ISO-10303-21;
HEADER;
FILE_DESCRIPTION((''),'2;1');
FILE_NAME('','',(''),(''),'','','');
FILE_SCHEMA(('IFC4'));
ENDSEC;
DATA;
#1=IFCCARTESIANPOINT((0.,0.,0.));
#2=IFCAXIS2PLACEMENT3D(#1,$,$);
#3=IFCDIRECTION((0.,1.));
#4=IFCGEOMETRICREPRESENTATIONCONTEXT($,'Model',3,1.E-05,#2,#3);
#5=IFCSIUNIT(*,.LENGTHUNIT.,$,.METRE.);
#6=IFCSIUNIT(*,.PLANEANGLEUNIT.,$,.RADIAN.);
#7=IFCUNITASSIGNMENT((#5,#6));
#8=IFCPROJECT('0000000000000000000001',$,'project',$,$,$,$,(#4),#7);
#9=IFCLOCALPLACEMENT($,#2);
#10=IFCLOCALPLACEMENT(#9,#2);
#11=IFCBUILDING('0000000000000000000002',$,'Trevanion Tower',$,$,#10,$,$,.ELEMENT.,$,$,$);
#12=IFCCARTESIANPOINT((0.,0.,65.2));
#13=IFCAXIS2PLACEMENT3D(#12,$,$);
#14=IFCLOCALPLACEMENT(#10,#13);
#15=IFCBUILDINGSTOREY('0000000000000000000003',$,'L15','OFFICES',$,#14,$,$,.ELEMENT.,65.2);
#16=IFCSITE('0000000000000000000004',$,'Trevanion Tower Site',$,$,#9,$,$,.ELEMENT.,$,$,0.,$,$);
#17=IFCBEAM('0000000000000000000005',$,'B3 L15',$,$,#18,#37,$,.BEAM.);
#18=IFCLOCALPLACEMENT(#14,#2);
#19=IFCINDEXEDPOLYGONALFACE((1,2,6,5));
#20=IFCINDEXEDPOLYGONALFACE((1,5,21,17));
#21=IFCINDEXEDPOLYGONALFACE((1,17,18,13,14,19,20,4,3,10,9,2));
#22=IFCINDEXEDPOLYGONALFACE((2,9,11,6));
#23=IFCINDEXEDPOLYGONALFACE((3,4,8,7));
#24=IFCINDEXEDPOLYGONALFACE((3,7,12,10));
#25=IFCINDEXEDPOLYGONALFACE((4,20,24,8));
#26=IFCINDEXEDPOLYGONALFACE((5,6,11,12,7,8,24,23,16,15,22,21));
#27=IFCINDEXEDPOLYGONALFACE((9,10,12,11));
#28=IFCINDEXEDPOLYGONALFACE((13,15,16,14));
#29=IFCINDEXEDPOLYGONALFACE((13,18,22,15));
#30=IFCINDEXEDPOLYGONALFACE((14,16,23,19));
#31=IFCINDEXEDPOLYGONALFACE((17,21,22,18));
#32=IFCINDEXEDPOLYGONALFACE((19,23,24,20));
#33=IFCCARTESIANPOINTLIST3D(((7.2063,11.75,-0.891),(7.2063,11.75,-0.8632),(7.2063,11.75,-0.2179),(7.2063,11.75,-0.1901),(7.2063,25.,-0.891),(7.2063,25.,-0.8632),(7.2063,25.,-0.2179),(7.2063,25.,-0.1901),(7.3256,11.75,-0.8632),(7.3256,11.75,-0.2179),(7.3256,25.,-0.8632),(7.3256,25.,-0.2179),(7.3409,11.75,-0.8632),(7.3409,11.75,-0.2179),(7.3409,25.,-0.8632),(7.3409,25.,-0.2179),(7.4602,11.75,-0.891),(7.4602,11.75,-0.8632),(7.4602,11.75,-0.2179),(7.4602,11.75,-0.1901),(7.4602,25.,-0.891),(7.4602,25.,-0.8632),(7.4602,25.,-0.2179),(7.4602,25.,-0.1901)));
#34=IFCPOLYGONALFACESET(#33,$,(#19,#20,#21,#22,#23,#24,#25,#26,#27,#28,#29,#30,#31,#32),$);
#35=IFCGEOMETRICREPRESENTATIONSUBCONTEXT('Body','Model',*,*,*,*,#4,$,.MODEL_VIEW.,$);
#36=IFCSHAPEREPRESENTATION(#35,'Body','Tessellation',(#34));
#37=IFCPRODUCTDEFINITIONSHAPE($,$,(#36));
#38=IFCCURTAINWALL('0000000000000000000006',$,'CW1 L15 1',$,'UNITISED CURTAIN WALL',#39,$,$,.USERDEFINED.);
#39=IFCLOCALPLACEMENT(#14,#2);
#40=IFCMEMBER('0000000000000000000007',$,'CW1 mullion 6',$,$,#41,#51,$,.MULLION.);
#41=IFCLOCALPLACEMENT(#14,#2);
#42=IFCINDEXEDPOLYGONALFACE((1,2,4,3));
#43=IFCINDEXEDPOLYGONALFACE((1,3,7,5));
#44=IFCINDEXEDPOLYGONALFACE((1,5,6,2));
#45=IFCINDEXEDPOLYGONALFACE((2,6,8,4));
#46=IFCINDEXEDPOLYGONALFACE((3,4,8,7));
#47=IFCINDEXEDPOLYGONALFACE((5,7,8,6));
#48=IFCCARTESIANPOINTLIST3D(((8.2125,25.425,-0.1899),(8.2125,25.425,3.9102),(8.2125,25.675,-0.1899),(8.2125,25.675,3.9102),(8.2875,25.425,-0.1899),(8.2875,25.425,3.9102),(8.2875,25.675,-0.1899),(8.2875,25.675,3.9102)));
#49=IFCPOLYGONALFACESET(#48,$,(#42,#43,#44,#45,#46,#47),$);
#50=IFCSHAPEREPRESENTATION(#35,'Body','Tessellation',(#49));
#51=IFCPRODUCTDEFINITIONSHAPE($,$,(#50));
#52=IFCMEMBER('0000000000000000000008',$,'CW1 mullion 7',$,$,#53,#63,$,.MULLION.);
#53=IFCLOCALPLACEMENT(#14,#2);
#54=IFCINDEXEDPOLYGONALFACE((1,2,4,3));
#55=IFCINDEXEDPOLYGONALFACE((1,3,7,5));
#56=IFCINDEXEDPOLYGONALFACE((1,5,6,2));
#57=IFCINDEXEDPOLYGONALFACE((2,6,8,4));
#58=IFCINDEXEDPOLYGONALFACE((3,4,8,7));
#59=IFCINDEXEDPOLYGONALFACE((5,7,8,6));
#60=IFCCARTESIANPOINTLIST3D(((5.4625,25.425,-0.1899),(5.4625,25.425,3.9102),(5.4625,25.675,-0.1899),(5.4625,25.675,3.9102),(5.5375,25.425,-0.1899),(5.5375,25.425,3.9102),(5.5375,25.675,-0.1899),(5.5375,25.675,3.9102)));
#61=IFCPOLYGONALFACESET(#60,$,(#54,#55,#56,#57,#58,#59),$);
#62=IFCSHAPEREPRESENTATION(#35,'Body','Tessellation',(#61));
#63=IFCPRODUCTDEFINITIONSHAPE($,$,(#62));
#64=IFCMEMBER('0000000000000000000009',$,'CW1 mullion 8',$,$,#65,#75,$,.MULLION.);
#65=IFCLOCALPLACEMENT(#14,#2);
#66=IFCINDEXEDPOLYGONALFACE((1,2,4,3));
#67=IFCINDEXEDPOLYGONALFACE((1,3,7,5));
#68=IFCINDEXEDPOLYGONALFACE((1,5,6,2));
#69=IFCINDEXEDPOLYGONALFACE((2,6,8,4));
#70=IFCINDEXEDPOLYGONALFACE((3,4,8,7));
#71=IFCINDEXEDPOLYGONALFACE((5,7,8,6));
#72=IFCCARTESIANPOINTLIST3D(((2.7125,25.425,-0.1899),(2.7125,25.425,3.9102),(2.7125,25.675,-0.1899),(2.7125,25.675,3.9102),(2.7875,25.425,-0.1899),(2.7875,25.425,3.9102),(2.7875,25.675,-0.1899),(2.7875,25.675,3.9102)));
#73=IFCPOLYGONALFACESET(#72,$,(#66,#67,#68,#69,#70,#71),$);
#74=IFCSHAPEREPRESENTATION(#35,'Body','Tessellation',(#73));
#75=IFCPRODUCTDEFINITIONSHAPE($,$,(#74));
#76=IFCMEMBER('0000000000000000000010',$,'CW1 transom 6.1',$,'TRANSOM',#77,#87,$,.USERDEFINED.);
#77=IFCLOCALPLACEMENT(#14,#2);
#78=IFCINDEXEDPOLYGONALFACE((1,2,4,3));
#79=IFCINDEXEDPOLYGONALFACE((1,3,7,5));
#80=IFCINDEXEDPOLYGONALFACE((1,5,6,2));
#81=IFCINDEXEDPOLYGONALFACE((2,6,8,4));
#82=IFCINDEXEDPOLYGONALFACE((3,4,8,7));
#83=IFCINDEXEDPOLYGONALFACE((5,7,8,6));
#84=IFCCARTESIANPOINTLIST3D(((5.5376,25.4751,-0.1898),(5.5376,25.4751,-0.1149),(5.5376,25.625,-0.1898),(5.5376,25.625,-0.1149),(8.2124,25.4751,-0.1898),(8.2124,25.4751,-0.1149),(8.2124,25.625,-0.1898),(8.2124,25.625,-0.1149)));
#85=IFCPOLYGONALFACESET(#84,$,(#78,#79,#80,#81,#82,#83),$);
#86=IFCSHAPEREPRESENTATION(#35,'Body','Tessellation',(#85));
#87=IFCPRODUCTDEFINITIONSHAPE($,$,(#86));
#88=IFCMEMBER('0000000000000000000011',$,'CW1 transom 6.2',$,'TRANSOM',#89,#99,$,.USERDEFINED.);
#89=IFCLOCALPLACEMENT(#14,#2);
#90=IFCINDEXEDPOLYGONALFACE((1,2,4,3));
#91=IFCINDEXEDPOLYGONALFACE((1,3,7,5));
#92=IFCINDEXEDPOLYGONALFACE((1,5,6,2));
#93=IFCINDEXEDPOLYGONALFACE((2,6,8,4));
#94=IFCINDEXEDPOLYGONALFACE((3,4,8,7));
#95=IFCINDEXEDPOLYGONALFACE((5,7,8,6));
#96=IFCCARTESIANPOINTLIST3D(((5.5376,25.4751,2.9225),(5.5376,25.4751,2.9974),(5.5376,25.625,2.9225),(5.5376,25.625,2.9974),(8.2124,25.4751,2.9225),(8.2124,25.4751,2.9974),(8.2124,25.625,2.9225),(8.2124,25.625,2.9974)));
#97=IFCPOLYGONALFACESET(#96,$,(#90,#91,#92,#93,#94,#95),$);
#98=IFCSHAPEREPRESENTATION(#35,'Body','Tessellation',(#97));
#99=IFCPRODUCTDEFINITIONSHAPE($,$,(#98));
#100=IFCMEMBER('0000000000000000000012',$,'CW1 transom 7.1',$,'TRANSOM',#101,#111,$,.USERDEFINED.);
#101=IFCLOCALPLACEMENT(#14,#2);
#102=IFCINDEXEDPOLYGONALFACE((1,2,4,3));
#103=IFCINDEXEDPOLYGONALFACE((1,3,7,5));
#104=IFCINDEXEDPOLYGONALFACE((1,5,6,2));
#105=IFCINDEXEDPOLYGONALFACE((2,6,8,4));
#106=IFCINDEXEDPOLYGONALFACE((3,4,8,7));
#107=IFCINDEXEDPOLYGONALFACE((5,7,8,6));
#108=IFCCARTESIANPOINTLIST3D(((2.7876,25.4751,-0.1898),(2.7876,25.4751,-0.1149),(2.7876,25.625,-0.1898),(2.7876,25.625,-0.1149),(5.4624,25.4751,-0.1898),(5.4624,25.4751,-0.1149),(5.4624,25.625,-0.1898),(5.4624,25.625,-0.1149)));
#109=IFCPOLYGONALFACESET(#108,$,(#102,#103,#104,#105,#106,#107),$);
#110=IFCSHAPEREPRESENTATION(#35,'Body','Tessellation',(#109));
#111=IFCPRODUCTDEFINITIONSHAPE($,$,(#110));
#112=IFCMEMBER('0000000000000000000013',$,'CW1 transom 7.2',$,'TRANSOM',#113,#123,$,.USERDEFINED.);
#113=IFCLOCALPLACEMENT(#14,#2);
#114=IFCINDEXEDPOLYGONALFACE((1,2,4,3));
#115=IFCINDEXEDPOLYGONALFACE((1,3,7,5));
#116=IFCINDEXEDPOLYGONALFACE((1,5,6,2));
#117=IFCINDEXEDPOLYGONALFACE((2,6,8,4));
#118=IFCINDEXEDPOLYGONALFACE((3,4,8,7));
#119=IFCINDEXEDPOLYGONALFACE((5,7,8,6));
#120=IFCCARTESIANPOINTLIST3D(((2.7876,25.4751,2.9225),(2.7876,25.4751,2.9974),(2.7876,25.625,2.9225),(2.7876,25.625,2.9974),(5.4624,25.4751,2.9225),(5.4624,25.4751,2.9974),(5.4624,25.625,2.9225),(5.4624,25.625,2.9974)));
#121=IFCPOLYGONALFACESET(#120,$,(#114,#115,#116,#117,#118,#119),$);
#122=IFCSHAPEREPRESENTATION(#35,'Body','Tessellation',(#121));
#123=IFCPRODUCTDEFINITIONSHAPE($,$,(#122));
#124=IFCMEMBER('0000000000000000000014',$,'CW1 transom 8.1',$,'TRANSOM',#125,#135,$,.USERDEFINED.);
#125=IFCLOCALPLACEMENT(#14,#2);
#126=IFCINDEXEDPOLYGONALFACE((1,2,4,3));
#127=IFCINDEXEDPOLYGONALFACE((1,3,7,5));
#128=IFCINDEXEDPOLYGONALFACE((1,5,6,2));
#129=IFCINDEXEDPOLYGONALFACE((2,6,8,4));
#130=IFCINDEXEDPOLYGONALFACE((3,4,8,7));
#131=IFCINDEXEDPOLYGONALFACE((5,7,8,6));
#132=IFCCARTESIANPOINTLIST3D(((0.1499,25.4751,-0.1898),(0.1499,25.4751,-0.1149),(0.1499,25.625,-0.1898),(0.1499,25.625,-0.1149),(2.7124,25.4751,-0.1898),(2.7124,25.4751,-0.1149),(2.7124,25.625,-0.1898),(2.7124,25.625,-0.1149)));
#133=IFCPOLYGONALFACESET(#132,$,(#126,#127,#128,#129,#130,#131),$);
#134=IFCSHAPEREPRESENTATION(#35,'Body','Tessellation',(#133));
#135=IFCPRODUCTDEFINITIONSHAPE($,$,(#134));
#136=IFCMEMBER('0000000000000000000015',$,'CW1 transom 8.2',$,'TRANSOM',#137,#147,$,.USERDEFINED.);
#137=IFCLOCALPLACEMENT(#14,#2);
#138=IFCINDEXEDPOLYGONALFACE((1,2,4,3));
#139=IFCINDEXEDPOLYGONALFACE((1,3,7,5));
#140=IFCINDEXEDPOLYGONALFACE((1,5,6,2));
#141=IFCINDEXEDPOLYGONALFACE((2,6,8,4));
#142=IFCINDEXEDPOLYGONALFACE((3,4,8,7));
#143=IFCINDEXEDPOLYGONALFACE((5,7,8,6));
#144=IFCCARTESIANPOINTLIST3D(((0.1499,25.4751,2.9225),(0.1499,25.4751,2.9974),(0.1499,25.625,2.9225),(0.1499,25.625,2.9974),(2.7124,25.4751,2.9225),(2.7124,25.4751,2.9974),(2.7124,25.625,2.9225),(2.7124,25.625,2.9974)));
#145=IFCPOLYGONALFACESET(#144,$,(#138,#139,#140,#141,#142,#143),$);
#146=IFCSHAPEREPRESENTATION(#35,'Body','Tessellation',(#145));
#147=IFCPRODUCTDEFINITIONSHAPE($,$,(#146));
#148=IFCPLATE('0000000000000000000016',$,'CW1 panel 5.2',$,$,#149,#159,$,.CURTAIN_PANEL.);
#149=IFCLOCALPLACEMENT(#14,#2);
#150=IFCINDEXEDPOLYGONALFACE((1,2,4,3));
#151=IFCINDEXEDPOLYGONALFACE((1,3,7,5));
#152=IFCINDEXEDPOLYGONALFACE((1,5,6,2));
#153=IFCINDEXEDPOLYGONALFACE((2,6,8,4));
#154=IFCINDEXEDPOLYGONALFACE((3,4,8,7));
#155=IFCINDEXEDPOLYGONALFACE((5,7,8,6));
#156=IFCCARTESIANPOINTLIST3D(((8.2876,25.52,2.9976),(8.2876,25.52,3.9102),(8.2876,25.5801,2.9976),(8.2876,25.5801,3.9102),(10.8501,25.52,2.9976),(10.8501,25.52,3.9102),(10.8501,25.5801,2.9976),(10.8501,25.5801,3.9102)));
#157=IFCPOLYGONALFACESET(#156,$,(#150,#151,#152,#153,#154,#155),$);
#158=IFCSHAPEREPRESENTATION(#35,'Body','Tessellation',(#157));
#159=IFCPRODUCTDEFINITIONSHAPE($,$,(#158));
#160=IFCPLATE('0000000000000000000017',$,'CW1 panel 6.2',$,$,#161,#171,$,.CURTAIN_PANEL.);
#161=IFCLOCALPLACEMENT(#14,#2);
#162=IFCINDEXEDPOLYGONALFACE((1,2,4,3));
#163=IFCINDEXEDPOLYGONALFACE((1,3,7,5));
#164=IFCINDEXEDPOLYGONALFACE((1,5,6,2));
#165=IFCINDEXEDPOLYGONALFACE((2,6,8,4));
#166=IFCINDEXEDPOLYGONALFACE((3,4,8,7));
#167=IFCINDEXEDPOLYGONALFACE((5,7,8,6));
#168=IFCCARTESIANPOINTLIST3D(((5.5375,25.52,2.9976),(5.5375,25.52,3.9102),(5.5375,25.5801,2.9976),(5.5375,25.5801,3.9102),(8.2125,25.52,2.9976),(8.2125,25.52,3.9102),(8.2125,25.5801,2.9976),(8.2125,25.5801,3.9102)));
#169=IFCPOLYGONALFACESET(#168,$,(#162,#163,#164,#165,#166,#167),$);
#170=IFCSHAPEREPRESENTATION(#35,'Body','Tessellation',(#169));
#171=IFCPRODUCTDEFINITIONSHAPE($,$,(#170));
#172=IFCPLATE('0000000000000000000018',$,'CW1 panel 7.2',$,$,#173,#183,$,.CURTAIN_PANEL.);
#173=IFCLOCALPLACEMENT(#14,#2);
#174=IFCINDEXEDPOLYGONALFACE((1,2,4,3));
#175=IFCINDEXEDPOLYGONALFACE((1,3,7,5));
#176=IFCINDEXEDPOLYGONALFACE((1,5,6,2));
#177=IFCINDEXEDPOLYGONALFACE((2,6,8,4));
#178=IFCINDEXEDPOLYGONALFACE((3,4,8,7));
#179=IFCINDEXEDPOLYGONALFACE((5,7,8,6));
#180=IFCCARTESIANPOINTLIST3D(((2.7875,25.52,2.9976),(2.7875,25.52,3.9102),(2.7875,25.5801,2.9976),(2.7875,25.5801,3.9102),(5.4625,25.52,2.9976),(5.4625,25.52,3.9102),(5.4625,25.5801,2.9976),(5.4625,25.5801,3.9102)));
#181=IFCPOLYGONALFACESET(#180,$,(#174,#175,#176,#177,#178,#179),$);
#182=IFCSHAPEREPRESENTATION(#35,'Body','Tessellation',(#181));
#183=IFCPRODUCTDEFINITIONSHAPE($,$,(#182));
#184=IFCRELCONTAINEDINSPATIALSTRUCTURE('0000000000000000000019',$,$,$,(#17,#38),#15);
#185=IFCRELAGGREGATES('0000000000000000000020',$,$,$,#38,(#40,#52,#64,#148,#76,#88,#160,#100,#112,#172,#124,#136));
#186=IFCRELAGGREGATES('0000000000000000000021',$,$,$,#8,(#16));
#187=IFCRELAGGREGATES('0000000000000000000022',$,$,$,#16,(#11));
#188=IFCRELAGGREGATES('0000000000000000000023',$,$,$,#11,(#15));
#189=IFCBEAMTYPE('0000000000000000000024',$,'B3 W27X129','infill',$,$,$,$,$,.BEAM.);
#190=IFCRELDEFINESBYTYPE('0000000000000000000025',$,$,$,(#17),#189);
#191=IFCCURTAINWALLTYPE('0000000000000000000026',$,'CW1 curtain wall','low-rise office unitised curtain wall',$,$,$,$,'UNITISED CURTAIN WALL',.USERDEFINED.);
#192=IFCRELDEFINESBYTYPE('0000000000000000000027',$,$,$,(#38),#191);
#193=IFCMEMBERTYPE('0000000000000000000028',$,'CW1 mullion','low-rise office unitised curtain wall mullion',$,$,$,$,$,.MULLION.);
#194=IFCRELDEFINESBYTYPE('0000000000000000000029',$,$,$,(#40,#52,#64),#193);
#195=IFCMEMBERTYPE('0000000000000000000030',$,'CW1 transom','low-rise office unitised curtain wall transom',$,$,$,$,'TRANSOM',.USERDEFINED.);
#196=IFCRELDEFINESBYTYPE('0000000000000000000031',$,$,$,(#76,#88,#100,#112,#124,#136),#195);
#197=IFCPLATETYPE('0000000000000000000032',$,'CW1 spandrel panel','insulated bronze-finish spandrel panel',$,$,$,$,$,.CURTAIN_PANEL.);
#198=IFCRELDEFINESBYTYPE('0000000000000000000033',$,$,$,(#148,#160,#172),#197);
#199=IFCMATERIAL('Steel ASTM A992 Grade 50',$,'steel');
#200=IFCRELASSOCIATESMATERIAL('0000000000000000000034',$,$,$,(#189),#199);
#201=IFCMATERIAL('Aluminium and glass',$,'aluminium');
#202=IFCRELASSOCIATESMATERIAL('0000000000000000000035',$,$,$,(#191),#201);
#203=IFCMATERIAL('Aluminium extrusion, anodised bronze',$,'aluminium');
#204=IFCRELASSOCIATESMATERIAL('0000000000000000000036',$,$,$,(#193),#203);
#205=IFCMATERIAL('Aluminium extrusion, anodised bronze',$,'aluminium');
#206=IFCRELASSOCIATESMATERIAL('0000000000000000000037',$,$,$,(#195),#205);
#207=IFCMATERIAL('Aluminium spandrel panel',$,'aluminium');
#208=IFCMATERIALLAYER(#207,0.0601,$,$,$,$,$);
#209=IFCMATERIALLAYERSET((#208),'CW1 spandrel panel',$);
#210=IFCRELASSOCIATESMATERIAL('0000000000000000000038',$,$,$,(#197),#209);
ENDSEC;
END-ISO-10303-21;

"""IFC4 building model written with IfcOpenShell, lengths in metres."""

from ifc_helpers import new_model, si_unit, direction, frame, origin, origin_2d, place, context, subcontext, project, spatial, rectangle, i_section, extrude, material, layer, layer_set, material_profile, profile_set, type_object, element, aggregate, save


model = new_model("IFC4")

# Units and contexts
model_context = context("Model", 3, precision=1e-05, world=origin(), true_north=direction((0.0, 1.0)))
body_context = subcontext(model_context, "Body", "Model", "MODEL_VIEW")
ifc_project = project(units=[si_unit("LENGTHUNIT", "METRE"), si_unit("PLANEANGLEUNIT", "RADIAN")], contexts=[model_context])

# Site, building, storey
site_placement = place(None, origin())
site = spatial("IfcSite", under=ifc_project, at=site_placement, Name="Trevanion Tower Site", CompositionType="ELEMENT", RefElevation=0.0)
building_placement = place(site_placement, origin())
building = spatial("IfcBuilding", under=site, at=building_placement, Name="Trevanion Tower", CompositionType="ELEMENT")
storey_placement = place(building_placement, frame((0.0, 0.0, 65.2)))
storey = spatial("IfcBuildingStorey", under=building, at=storey_placement, Name="L15", Description="OFFICES", CompositionType="ELEMENT", Elevation=65.2)

# Beam
ifc_material_1 = material(Name="Steel ASTM A992 Grade 50", Category="steel")
ifc_material_profile_1 = material_profile(ifc_material_1, i_section(OverallWidth=0.2539, OverallDepth=0.7009, WebThickness=0.0154, FlangeThickness=0.0278, at=origin_2d()), Name="W27X129")
ifc_profile_set_1 = profile_set([ifc_material_profile_1], Name="Steel ASTM A992 Grade 50")
beam_type = type_object("IfcBeamType", Name="B3 W27X129", Description="infill", PredefinedType="BEAM", material=ifc_profile_set_1)
beam_placement = place(storey_placement, frame((7.3333, 11.75, -0.5405), z_axis=(0.0, 1.0, 0.0), x_axis=(-1.0, 0.0, 0.0)))
element("IfcBeam", 1, at=beam_placement, inside=storey, type_object=beam_type, Name="B3 L15", PredefinedType="BEAM", context=body_context, shape_type="SweptSolid", body=[
    extrude(i_section(OverallWidth=0.2539, OverallDepth=0.7009, WebThickness=0.0154, FlangeThickness=0.0278, at=origin_2d()), origin(), (0.0, 0.0, 1.0), 13.25),
])

# Curtain wall, members, plates
ifc_material_2 = material(Name="Aluminium and glass", Category="aluminium")
curtain_wall_type = type_object("IfcCurtainWallType", Name="CW1 curtain wall", Description="low-rise office unitised curtain wall", ElementType="UNITISED CURTAIN WALL", PredefinedType="USERDEFINED", material=ifc_material_2)
curtain_wall_placement = place(storey_placement, origin())
curtain_wall = element("IfcCurtainWall", 2, at=curtain_wall_placement, inside=storey, type_object=curtain_wall_type, Name="CW1 L15 1", ObjectType="UNITISED CURTAIN WALL", PredefinedType="USERDEFINED")
ifc_material_3 = material(Name="Aluminium extrusion, anodised bronze", Category="aluminium")
ifc_material_profile_2 = material_profile(ifc_material_3, rectangle(XDim=0.075, YDim=0.25, at=origin_2d()), Name="CW1 mullion")
ifc_profile_set_2 = profile_set([ifc_material_profile_2], Name="Aluminium extrusion, anodised bronze")
member_type_1 = type_object("IfcMemberType", Name="CW1 mullion", Description="low-rise office unitised curtain wall mullion", PredefinedType="MULLION", material=ifc_profile_set_2)
member_1_placement = place(storey_placement, frame((8.25, 25.55, -0.1899), z_axis=(0.0, 0.0, 1.0), x_axis=(-1.0, 0.0, 0.0)))
member_1 = element("IfcMember", 3, at=member_1_placement, type_object=member_type_1, Name="CW1 mullion 6", PredefinedType="MULLION", context=body_context, shape_type="SweptSolid", body=[
    extrude(rectangle(XDim=0.075, YDim=0.25, at=origin_2d()), origin(), (0.0, 0.0, 1.0), 4.1001),
])
member_2_placement = place(storey_placement, frame((5.5, 25.55, -0.1899), z_axis=(0.0, 0.0, 1.0), x_axis=(-1.0, 0.0, 0.0)))
member_2 = element("IfcMember", 4, at=member_2_placement, type_object=member_type_1, Name="CW1 mullion 7", PredefinedType="MULLION", context=body_context, shape_type="SweptSolid", body=[
    extrude(rectangle(XDim=0.075, YDim=0.25, at=origin_2d()), origin(), (0.0, 0.0, 1.0), 4.1001),
])
member_3_placement = place(storey_placement, frame((2.75, 25.55, -0.1899), z_axis=(0.0, 0.0, 1.0), x_axis=(-1.0, 0.0, 0.0)))
member_3 = element("IfcMember", 5, at=member_3_placement, type_object=member_type_1, Name="CW1 mullion 8", PredefinedType="MULLION", context=body_context, shape_type="SweptSolid", body=[
    extrude(rectangle(XDim=0.075, YDim=0.25, at=origin_2d()), origin(), (0.0, 0.0, 1.0), 4.1001),
])
ifc_material_4 = material(Name="Aluminium extrusion, anodised bronze", Category="aluminium")
ifc_material_profile_3 = material_profile(ifc_material_4, rectangle(XDim=0.1499, YDim=0.075, at=origin_2d()), Name="CW1 transom")
ifc_profile_set_3 = profile_set([ifc_material_profile_3], Name="Aluminium extrusion, anodised bronze")
member_type_2 = type_object("IfcMemberType", Name="CW1 transom", Description="low-rise office unitised curtain wall transom", ElementType="TRANSOM", PredefinedType="USERDEFINED", material=ifc_profile_set_3)
member_4_placement = place(storey_placement, frame((8.2124, 25.55, -0.1523), z_axis=(-1.0, 0.0, 0.0), x_axis=(0.0, -1.0, 0.0)))
member_4 = element("IfcMember", 6, at=member_4_placement, type_object=member_type_2, Name="CW1 transom 6.1", ObjectType="TRANSOM", PredefinedType="USERDEFINED", context=body_context, shape_type="SweptSolid", body=[
    extrude(rectangle(XDim=0.1499, YDim=0.075, at=origin_2d()), origin(), (0.0, 0.0, 1.0), 2.6748),
])
member_5_placement = place(storey_placement, frame((8.2124, 25.55, 2.96), z_axis=(-1.0, 0.0, 0.0), x_axis=(0.0, -1.0, 0.0)))
member_5 = element("IfcMember", 7, at=member_5_placement, type_object=member_type_2, Name="CW1 transom 6.2", ObjectType="TRANSOM", PredefinedType="USERDEFINED", context=body_context, shape_type="SweptSolid", body=[
    extrude(rectangle(XDim=0.1499, YDim=0.075, at=origin_2d()), origin(), (0.0, 0.0, 1.0), 2.6748),
])
member_6_placement = place(storey_placement, frame((5.4624, 25.55, -0.1523), z_axis=(-1.0, 0.0, 0.0), x_axis=(0.0, -1.0, 0.0)))
member_6 = element("IfcMember", 8, at=member_6_placement, type_object=member_type_2, Name="CW1 transom 7.1", ObjectType="TRANSOM", PredefinedType="USERDEFINED", context=body_context, shape_type="SweptSolid", body=[
    extrude(rectangle(XDim=0.1499, YDim=0.075, at=origin_2d()), origin(), (0.0, 0.0, 1.0), 2.6748),
])
member_7_placement = place(storey_placement, frame((5.4624, 25.55, 2.96), z_axis=(-1.0, 0.0, 0.0), x_axis=(0.0, -1.0, 0.0)))
member_7 = element("IfcMember", 9, at=member_7_placement, type_object=member_type_2, Name="CW1 transom 7.2", ObjectType="TRANSOM", PredefinedType="USERDEFINED", context=body_context, shape_type="SweptSolid", body=[
    extrude(rectangle(XDim=0.1499, YDim=0.075, at=origin_2d()), origin(), (0.0, 0.0, 1.0), 2.6748),
])
member_8_placement = place(storey_placement, frame((2.7124, 25.55, -0.1523), z_axis=(-1.0, 0.0, 0.0), x_axis=(0.0, -1.0, 0.0)))
member_8 = element("IfcMember", 10, at=member_8_placement, type_object=member_type_2, Name="CW1 transom 8.1", ObjectType="TRANSOM", PredefinedType="USERDEFINED", context=body_context, shape_type="SweptSolid", body=[
    extrude(rectangle(XDim=0.1499, YDim=0.075, at=origin_2d()), origin(), (0.0, 0.0, 1.0), 2.5625),
])
member_9_placement = place(storey_placement, frame((2.7124, 25.55, 2.96), z_axis=(-1.0, 0.0, 0.0), x_axis=(0.0, -1.0, 0.0)))
member_9 = element("IfcMember", 11, at=member_9_placement, type_object=member_type_2, Name="CW1 transom 8.2", ObjectType="TRANSOM", PredefinedType="USERDEFINED", context=body_context, shape_type="SweptSolid", body=[
    extrude(rectangle(XDim=0.1499, YDim=0.075, at=origin_2d()), origin(), (0.0, 0.0, 1.0), 2.5625),
])
ifc_material_5 = material(Name="Aluminium spandrel panel", Category="aluminium")
ifc_layer_1 = layer(ifc_material_5, 0.0601)
ifc_layer_set_1 = layer_set([ifc_layer_1], Name="CW1 spandrel panel")
plate_type_1 = type_object("IfcPlateType", Name="CW1 spandrel panel", Description="insulated bronze-finish spandrel panel", PredefinedType="CURTAIN_PANEL", material=ifc_layer_set_1)
plate_1_placement = place(storey_placement, frame((9.5688, 25.55, 2.9976), z_axis=(0.0, 0.0, 1.0), x_axis=(-1.0, 0.0, 0.0)))
plate_1 = element("IfcPlate", 12, at=plate_1_placement, type_object=plate_type_1, Name="CW1 panel 5.2", PredefinedType="CURTAIN_PANEL", context=body_context, shape_type="SweptSolid", body=[
    extrude(rectangle(XDim=2.5625, YDim=0.0601, at=origin_2d()), origin(), (0.0, 0.0, 1.0), 0.9126),
])
plate_2_placement = place(storey_placement, frame((6.875, 25.55, 2.9976), z_axis=(0.0, 0.0, 1.0), x_axis=(-1.0, 0.0, 0.0)))
plate_2 = element("IfcPlate", 13, at=plate_2_placement, type_object=plate_type_1, Name="CW1 panel 6.2", PredefinedType="CURTAIN_PANEL", context=body_context, shape_type="SweptSolid", body=[
    extrude(rectangle(XDim=2.675, YDim=0.0601, at=origin_2d()), origin(), (0.0, 0.0, 1.0), 0.9126),
])
plate_3_placement = place(storey_placement, frame((4.125, 25.55, 2.9976), z_axis=(0.0, 0.0, 1.0), x_axis=(-1.0, 0.0, 0.0)))
plate_3 = element("IfcPlate", 14, at=plate_3_placement, type_object=plate_type_1, Name="CW1 panel 7.2", PredefinedType="CURTAIN_PANEL", context=body_context, shape_type="SweptSolid", body=[
    extrude(rectangle(XDim=2.675, YDim=0.0601, at=origin_2d()), origin(), (0.0, 0.0, 1.0), 0.9126),
])
aggregate(curtain_wall, [member_1, member_2, member_3, plate_1, member_4, member_5, plate_2, member_6, member_7, plate_3, member_8, member_9])

save(model, "model.ifc")
